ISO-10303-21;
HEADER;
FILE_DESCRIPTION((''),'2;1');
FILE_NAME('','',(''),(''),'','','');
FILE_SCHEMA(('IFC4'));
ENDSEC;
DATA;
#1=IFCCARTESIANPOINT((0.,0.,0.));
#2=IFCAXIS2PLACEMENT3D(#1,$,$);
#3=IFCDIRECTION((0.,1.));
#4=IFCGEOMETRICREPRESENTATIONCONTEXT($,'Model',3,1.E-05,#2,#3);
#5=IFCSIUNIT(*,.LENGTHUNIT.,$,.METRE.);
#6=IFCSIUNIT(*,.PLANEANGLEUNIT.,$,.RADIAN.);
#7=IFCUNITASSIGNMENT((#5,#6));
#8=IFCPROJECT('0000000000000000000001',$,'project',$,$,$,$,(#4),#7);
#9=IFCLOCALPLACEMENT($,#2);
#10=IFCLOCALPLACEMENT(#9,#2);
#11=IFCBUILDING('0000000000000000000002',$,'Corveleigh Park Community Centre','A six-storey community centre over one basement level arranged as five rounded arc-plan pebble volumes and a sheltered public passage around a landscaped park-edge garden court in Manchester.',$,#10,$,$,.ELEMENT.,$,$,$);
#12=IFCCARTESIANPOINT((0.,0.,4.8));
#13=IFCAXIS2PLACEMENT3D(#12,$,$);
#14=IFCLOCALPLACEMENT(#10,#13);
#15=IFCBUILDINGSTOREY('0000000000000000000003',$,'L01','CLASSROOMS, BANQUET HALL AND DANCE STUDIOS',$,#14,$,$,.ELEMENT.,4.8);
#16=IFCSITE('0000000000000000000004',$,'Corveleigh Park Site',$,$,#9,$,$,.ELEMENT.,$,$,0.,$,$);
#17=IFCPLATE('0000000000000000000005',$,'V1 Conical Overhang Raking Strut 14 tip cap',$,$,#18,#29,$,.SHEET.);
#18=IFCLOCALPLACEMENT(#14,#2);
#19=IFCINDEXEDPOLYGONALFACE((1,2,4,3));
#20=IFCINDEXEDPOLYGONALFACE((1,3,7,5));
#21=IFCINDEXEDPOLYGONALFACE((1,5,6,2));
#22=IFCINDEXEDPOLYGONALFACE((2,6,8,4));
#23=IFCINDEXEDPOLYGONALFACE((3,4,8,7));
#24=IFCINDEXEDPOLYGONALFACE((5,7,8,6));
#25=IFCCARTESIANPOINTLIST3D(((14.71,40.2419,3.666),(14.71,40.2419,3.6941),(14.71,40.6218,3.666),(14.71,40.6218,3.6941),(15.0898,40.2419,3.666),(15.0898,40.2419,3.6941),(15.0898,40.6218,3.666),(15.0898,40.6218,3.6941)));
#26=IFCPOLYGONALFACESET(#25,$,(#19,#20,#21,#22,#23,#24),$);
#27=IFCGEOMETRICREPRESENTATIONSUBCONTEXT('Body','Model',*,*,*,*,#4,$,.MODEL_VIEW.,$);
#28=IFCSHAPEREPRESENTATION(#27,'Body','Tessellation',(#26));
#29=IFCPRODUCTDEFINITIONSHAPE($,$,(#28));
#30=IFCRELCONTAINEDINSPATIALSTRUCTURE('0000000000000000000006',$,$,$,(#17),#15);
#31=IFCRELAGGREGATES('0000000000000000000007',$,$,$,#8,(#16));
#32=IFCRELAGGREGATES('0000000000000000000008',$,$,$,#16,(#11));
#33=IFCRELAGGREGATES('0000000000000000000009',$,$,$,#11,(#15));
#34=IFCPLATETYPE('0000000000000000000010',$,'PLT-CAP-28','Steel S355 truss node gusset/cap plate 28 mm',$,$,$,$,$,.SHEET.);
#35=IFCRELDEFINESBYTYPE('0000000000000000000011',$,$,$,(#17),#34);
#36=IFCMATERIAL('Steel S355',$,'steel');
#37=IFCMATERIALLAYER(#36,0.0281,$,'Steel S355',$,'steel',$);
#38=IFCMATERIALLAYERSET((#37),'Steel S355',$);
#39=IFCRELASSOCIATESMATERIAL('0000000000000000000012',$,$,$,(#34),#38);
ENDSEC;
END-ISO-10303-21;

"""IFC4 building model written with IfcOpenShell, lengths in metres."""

from ifc_helpers import new_model, si_unit, direction, frame, origin, origin_2d, place, context, subcontext, project, spatial, rectangle, extrude, material, layer, layer_set, type_object, element, save


model = new_model("IFC4")

# Units and contexts
model_context = context("Model", 3, precision=1e-05, world=origin(), true_north=direction((0.0, 1.0)))
body_context = subcontext(model_context, "Body", "Model", "MODEL_VIEW")
ifc_project = project(units=[si_unit("LENGTHUNIT", "METRE"), si_unit("PLANEANGLEUNIT", "RADIAN")], contexts=[model_context])

# Site, building, storey
site_placement = place(None, origin())
site = spatial("IfcSite", under=ifc_project, at=site_placement, Name="Corveleigh Park Site", CompositionType="ELEMENT", RefElevation=0.0)
building_placement = place(site_placement, origin())
building = spatial("IfcBuilding", under=site, at=building_placement, Name="Corveleigh Park Community Centre", Description="A six-storey community centre over one basement level arranged as five rounded arc-plan pebble volumes and a sheltered public passage around a landscaped park-edge garden court in Manchester.", CompositionType="ELEMENT")
storey_placement = place(building_placement, frame((0.0, 0.0, 4.8)))
storey = spatial("IfcBuildingStorey", under=building, at=storey_placement, Name="L01", Description="CLASSROOMS, BANQUET HALL AND DANCE STUDIOS", CompositionType="ELEMENT", Elevation=4.8)

# Plate
ifc_material_1 = material(Name="Steel S355", Category="steel")
ifc_layer_1 = layer(ifc_material_1, 0.0281, Name="Steel S355", Category="steel")
ifc_layer_set_1 = layer_set([ifc_layer_1], Name="Steel S355")
plate_type_1 = type_object("IfcPlateType", Name="PLT-CAP-28", Description="Steel S355 truss node gusset/cap plate 28 mm", PredefinedType="SHEET", material=ifc_layer_set_1)
plate_1_placement = place(storey_placement, frame((14.8999, 40.4319, 3.666), z_axis=(0.0, 0.0, 1.0), x_axis=(1.0, 0.0, 0.0)))
element("IfcPlate", 1, at=plate_1_placement, inside=storey, type_object=plate_type_1, Name="V1 Conical Overhang Raking Strut 14 tip cap", PredefinedType="SHEET", context=body_context, shape_type="SweptSolid", body=[
    extrude(rectangle(XDim=0.3799, YDim=0.3799, at=origin_2d()), origin(), (0.0, 0.0, 1.0), 0.0281),
])

save(model, "model.ifc")
